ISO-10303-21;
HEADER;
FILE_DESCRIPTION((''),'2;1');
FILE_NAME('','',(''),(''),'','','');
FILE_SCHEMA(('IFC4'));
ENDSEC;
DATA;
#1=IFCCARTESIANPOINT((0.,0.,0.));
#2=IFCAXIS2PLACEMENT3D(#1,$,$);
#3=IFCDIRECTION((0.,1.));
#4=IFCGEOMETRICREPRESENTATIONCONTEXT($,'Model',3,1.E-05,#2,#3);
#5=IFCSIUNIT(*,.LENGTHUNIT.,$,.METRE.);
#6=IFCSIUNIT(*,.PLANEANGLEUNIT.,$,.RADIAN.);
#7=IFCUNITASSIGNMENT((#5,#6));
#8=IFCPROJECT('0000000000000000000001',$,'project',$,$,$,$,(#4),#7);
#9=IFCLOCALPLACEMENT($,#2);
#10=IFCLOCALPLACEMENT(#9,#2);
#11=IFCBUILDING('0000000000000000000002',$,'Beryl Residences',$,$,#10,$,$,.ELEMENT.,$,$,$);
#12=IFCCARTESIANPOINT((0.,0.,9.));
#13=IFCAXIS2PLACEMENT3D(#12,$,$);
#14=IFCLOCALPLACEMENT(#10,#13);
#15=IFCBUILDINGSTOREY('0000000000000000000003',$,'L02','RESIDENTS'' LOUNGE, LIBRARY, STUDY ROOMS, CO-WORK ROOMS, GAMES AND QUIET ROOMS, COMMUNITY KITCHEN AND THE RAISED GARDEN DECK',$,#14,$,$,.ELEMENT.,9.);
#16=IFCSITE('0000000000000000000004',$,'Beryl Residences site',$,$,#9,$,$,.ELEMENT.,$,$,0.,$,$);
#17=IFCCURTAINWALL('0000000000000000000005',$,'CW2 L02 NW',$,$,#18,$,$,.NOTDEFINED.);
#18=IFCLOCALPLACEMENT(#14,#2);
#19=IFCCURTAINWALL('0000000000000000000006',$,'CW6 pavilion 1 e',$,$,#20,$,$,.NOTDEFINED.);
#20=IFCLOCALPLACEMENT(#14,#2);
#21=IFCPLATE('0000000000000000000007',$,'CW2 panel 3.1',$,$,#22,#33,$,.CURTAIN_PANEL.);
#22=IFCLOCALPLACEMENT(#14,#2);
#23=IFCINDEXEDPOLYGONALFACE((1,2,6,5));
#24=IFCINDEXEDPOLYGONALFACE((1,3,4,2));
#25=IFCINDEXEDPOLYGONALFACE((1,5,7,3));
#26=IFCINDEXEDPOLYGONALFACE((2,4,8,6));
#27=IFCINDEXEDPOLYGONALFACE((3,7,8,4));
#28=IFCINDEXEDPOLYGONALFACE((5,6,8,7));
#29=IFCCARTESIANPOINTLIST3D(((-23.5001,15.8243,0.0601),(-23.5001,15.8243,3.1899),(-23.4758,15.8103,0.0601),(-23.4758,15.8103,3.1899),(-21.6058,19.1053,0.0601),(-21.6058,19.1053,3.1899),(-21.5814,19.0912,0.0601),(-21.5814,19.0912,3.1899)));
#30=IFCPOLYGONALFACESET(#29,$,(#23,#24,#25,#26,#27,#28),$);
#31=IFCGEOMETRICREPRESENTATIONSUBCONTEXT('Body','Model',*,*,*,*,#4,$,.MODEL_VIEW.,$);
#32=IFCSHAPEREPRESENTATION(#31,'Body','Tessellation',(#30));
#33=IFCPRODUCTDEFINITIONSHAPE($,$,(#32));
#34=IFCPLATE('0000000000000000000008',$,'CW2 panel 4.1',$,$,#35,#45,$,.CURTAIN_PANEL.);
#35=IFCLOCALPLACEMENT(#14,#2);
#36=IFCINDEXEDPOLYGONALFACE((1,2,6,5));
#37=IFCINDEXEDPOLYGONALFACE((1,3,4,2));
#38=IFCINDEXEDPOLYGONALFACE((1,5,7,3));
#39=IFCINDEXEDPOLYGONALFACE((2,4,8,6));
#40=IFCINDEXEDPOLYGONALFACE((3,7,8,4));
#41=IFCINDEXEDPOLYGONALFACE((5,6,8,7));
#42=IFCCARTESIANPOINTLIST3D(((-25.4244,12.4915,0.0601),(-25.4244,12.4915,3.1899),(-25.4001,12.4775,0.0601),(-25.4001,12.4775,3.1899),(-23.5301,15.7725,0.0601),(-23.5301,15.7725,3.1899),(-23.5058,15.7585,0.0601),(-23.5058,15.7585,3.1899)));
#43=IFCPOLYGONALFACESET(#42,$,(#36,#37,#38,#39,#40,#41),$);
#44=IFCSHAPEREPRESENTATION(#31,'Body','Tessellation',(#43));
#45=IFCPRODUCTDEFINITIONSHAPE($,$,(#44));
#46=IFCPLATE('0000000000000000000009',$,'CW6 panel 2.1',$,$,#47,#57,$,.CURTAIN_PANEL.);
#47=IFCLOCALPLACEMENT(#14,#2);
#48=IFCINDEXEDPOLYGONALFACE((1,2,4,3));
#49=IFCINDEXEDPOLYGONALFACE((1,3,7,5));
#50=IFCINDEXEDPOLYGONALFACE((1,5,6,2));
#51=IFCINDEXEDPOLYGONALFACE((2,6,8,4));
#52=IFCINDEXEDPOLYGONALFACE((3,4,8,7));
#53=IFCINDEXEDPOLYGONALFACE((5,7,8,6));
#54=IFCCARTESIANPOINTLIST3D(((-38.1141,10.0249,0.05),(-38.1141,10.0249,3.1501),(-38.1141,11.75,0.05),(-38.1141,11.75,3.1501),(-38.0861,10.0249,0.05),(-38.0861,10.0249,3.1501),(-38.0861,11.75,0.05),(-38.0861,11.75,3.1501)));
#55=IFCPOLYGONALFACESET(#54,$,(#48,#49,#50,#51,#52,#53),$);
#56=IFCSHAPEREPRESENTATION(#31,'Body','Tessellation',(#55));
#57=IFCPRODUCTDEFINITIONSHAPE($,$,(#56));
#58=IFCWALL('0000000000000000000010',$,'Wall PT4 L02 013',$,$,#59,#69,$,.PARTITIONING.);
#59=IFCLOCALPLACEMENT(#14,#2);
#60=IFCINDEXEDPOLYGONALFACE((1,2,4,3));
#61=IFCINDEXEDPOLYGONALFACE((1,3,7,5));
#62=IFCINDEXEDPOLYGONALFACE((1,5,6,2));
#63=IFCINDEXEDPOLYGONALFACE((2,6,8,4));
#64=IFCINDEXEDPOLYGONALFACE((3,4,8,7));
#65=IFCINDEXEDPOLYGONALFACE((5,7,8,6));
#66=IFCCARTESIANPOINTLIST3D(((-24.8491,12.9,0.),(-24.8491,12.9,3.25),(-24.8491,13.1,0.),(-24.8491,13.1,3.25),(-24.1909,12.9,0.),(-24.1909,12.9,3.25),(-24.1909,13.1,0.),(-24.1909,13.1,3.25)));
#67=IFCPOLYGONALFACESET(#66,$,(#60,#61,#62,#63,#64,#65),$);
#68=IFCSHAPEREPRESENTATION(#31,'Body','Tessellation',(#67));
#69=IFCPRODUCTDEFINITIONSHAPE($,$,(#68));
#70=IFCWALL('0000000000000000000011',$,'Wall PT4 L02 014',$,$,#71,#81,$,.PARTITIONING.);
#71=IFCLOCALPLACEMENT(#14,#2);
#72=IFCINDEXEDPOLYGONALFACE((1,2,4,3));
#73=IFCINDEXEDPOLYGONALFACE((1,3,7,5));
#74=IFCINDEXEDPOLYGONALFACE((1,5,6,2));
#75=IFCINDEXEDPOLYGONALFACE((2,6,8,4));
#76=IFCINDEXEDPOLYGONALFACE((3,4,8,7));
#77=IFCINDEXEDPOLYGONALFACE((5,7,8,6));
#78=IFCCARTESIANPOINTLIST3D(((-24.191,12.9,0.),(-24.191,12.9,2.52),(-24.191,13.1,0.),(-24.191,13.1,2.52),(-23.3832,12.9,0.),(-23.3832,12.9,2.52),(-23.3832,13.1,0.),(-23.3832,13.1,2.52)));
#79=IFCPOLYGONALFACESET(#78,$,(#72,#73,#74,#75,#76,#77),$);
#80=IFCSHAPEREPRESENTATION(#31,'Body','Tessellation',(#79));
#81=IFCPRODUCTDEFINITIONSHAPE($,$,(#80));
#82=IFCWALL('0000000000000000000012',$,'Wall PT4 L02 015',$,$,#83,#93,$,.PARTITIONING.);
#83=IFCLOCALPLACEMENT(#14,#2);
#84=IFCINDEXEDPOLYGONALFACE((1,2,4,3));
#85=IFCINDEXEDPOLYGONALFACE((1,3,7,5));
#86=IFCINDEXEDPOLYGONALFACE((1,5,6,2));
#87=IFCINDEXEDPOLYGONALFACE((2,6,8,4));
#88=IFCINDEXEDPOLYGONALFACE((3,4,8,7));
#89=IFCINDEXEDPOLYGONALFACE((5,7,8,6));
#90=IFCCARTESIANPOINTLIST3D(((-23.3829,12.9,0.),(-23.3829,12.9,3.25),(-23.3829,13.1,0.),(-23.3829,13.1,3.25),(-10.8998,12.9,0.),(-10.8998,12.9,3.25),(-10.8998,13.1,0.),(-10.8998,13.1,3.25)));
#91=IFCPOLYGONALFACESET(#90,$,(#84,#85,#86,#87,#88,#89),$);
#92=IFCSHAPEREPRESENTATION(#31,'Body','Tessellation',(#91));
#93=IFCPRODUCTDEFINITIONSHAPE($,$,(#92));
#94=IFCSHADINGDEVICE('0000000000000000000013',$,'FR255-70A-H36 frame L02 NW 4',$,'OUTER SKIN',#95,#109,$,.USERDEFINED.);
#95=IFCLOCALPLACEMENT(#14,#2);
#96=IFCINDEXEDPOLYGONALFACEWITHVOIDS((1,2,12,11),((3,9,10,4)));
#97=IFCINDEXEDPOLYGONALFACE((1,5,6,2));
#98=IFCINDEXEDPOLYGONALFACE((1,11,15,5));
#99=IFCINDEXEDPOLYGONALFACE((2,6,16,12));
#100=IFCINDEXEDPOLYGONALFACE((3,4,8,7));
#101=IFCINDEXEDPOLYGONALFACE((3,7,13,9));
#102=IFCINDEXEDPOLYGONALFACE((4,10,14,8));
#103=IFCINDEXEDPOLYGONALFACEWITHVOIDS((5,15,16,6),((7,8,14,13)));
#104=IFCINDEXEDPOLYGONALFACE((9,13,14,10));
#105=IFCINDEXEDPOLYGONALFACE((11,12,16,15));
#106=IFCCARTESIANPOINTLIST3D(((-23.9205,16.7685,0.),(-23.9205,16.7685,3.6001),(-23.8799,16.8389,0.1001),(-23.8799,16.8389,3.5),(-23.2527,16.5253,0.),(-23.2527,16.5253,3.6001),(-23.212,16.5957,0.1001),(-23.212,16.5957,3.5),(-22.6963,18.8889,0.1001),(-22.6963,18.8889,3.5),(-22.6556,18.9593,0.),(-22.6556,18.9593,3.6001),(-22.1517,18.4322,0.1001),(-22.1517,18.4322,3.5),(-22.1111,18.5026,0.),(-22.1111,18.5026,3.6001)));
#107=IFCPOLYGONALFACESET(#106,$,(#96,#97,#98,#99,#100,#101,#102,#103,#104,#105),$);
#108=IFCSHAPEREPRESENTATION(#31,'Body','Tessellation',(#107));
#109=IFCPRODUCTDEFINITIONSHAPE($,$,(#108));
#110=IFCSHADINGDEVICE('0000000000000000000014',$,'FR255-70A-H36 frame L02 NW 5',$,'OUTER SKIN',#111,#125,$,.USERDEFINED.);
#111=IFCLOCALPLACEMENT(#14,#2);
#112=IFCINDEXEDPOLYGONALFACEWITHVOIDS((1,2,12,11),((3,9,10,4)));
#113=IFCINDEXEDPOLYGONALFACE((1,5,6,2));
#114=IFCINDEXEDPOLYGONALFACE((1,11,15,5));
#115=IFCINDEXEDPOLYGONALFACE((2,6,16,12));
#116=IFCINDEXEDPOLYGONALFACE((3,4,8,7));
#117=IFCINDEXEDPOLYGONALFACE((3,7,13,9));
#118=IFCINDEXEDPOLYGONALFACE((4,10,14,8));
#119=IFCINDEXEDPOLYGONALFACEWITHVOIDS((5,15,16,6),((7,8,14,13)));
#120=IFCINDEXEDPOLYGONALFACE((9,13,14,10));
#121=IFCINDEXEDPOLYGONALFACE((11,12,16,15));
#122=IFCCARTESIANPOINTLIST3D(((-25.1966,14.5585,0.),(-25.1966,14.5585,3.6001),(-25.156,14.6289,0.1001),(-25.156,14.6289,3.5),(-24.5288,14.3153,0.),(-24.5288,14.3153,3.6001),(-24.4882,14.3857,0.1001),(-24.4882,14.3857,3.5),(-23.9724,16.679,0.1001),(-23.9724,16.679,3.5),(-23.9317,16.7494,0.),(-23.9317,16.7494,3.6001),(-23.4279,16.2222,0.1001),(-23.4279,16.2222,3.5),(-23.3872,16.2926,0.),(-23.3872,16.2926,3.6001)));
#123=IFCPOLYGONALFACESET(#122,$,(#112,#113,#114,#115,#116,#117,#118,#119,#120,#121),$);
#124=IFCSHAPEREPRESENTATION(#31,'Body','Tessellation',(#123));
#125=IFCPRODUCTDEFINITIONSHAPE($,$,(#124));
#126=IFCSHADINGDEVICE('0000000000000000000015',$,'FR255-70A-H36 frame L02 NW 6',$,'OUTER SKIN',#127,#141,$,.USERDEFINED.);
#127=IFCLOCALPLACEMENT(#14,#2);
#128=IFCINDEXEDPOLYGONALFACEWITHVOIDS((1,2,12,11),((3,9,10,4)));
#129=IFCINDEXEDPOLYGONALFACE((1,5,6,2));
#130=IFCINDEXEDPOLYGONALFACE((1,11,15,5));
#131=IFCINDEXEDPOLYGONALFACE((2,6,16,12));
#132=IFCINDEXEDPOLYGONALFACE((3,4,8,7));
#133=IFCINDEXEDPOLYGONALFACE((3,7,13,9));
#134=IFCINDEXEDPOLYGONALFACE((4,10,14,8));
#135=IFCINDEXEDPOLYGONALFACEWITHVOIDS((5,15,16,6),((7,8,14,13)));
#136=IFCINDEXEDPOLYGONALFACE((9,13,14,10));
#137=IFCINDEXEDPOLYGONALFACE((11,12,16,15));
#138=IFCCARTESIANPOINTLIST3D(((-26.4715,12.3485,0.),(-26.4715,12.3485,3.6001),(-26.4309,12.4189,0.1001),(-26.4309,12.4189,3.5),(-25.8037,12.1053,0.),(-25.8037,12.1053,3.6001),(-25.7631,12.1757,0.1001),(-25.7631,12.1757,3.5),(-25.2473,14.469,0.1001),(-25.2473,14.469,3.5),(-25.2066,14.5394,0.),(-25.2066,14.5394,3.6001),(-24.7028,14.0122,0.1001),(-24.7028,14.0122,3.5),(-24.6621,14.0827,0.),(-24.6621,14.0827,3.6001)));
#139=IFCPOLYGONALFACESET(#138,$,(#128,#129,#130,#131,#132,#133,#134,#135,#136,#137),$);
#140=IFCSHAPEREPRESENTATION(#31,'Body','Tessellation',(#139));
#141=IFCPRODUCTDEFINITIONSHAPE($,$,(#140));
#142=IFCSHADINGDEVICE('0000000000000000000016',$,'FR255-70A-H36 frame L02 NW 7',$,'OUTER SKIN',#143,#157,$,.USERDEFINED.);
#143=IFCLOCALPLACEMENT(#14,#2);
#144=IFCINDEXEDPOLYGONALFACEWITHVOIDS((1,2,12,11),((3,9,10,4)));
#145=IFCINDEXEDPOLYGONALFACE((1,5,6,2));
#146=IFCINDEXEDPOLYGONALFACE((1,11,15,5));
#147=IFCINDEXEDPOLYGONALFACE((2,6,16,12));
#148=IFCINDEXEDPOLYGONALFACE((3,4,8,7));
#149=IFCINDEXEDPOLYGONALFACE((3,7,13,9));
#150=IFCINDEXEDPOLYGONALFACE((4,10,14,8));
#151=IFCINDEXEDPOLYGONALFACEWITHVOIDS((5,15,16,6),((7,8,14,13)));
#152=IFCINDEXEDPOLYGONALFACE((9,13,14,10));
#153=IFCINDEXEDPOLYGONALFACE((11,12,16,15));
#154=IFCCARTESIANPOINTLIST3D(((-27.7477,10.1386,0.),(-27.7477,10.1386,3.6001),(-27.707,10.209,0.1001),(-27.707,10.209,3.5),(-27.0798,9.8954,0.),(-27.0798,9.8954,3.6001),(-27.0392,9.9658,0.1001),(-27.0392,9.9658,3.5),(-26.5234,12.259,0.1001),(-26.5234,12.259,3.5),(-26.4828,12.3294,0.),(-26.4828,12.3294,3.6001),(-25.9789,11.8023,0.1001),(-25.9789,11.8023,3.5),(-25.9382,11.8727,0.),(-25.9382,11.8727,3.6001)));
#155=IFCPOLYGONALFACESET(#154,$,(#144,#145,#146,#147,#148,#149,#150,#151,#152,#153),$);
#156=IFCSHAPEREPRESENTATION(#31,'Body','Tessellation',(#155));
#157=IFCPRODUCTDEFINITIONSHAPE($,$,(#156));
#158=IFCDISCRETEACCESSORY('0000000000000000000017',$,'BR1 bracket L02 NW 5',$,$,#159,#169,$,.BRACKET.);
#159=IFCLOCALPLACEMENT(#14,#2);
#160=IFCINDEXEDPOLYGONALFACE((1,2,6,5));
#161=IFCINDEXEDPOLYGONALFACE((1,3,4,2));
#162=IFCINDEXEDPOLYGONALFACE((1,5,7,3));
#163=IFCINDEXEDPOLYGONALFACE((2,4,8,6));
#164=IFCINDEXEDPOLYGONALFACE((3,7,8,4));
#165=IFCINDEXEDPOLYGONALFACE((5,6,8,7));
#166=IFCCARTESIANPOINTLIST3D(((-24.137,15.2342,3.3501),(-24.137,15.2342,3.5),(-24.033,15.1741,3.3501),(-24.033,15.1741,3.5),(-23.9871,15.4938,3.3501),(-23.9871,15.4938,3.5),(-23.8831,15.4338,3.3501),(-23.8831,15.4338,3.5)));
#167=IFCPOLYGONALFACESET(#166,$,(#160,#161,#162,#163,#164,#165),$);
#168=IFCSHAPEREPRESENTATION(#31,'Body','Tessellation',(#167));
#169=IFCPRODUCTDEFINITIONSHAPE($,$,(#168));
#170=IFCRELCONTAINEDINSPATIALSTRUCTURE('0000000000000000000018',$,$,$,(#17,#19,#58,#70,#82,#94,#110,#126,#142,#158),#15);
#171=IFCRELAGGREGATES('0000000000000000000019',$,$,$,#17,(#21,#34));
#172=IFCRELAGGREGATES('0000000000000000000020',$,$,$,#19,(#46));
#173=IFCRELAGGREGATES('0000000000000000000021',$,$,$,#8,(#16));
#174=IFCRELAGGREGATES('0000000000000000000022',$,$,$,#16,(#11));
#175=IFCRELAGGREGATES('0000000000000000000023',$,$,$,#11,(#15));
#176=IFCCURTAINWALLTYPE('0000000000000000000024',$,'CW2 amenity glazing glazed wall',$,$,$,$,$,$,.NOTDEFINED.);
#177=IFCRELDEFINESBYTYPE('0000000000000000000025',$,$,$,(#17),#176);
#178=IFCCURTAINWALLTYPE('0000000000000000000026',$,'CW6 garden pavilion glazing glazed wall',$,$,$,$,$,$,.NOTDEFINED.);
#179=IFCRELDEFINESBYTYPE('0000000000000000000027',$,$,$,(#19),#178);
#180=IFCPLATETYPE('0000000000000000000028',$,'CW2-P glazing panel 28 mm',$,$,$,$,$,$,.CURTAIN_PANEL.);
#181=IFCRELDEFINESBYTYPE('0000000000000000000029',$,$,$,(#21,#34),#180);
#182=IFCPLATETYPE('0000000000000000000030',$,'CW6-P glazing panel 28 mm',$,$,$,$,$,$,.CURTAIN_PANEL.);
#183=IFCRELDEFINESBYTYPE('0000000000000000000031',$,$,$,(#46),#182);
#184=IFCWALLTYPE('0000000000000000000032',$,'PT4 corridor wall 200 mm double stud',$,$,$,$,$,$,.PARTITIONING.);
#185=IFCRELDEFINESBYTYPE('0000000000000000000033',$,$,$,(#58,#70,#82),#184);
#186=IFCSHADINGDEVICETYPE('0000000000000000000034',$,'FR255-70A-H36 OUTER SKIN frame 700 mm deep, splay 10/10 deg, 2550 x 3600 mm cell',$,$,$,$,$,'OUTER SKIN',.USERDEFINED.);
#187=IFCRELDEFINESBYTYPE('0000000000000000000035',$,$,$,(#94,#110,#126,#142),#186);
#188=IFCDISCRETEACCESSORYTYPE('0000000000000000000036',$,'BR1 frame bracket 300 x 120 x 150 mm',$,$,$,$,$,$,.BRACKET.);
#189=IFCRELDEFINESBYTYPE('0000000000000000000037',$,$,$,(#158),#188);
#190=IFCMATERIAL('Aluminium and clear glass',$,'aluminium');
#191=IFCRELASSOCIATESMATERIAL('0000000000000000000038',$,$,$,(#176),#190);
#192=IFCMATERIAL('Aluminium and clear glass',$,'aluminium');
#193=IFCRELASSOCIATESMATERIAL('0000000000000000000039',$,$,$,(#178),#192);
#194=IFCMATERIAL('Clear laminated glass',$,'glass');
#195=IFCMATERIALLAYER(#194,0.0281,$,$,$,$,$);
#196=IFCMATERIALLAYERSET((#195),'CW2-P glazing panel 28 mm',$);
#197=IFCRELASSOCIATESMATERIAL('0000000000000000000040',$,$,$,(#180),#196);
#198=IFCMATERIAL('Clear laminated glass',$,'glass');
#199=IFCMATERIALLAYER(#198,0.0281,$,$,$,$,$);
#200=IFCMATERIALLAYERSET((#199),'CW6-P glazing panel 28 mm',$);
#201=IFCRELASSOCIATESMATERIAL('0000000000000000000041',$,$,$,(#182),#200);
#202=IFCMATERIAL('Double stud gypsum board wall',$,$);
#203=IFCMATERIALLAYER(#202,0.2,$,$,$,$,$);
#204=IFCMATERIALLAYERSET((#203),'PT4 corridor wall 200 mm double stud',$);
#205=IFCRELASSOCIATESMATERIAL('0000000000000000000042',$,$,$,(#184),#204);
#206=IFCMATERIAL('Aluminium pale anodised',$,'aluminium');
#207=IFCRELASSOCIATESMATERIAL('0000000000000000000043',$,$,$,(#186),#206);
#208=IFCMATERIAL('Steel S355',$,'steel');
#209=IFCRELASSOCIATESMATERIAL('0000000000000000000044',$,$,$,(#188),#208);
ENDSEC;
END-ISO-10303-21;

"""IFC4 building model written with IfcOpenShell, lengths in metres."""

from ifc_helpers import new_model, entity, si_unit, direction, frame, frame_2d, origin, origin_2d, place, context, subcontext, project, spatial, polyline, rectangle, outline, extrude, source, transform, mapped, material, layer, layer_set, type_object, type_shapes, element, aggregate, save


model = new_model("IFC4")

# Units and contexts
model_context = context("Model", 3, precision=1e-05, world=origin(), true_north=direction((0.0, 1.0)))
body_context = subcontext(model_context, "Body", "Model", "MODEL_VIEW")
ifc_project = project(units=[si_unit("LENGTHUNIT", "METRE"), si_unit("PLANEANGLEUNIT", "RADIAN")], contexts=[model_context])

# Site, building, storey
site_placement = place(None, origin())
site = spatial("IfcSite", under=ifc_project, at=site_placement, Name="Beryl Residences site", CompositionType="ELEMENT", RefElevation=0.0)
building_placement = place(site_placement, origin())
building = spatial("IfcBuilding", under=site, at=building_placement, Name="Beryl Residences", CompositionType="ELEMENT")
storey_placement = place(building_placement, frame((0.0, 0.0, 9.0)))
storey = spatial("IfcBuildingStorey", under=building, at=storey_placement, Name="L02", Description="RESIDENTS' LOUNGE, LIBRARY, STUDY ROOMS, CO-WORK ROOMS, GAMES AND QUIET ROOMS, COMMUNITY KITCHEN AND THE RAISED GARDEN DECK", CompositionType="ELEMENT", Elevation=9.0)

# Curtain wall
ifc_material_1 = material(Name="Aluminium and clear glass", Category="aluminium")
curtain_wall_type_1 = type_object("IfcCurtainWallType", Name="CW2 amenity glazing glazed wall", PredefinedType="NOTDEFINED", material=ifc_material_1)
curtain_wall_1_placement = place(storey_placement, origin())
curtain_wall_1 = element("IfcCurtainWall", 1, at=curtain_wall_1_placement, inside=storey, type_object=curtain_wall_type_1, Name="CW2 L02 NW", PredefinedType="NOTDEFINED")

# Curtain wall
ifc_material_2 = material(Name="Aluminium and clear glass", Category="aluminium")
curtain_wall_type_2 = type_object("IfcCurtainWallType", Name="CW6 garden pavilion glazing glazed wall", PredefinedType="NOTDEFINED", material=ifc_material_2)
curtain_wall_2_placement = place(storey_placement, origin())
curtain_wall_2 = element("IfcCurtainWall", 2, at=curtain_wall_2_placement, inside=storey, type_object=curtain_wall_type_2, Name="CW6 pavilion 1 e", PredefinedType="NOTDEFINED")

# Plates
ifc_material_3 = material(Name="Clear laminated glass", Category="glass")
ifc_layer_1 = layer(ifc_material_3, 0.0281)
ifc_layer_set_1 = layer_set([ifc_layer_1], Name="CW2-P glazing panel 28 mm")
plate_type_1 = type_object("IfcPlateType", Name="CW2-P glazing panel 28 mm", PredefinedType="CURTAIN_PANEL", material=ifc_layer_set_1)
plate_1_placement = place(storey_placement, frame((-22.5408, 17.4578, 0.0601), z_axis=(0.0, 0.0, 1.0), x_axis=(-0.500012, -0.866019, 0.0)))
plate_1 = element("IfcPlate", 3, at=plate_1_placement, type_object=plate_type_1, Name="CW2 panel 3.1", PredefinedType="CURTAIN_PANEL", context=body_context, shape_type="SweptSolid", body=[
    extrude(rectangle(XDim=3.7886, YDim=0.0281, at=origin_2d()), origin(), (0.0, 0.0, 1.0), 3.1299),
])
plate_2_placement = place(storey_placement, frame((-24.4651, 14.125, 0.0601), z_axis=(0.0, 0.0, 1.0), x_axis=(-0.500012, -0.866019, 0.0)))
plate_2 = element("IfcPlate", 4, at=plate_2_placement, type_object=plate_type_1, Name="CW2 panel 4.1", PredefinedType="CURTAIN_PANEL", context=body_context, shape_type="SweptSolid", body=[
    extrude(rectangle(XDim=3.7886, YDim=0.0281, at=origin_2d()), origin(), (0.0, 0.0, 1.0), 3.1299),
])
aggregate(curtain_wall_1, [plate_1, plate_2])
ifc_material_4 = material(Name="Clear laminated glass", Category="glass")
ifc_layer_2 = layer(ifc_material_4, 0.0281)
ifc_layer_set_2 = layer_set([ifc_layer_2], Name="CW6-P glazing panel 28 mm")
plate_type_2 = type_object("IfcPlateType", Name="CW6-P glazing panel 28 mm", PredefinedType="CURTAIN_PANEL", material=ifc_layer_set_2)
plate_3_placement = place(storey_placement, frame((-38.1001, 10.8875, 0.05), z_axis=(0.0, 0.0, 1.0), x_axis=(0.0, 1.0, 0.0)))
plate_3 = element("IfcPlate", 5, at=plate_3_placement, type_object=plate_type_2, Name="CW6 panel 2.1", PredefinedType="CURTAIN_PANEL", context=body_context, shape_type="SweptSolid", body=[
    extrude(rectangle(XDim=1.7251, YDim=0.0281, at=origin_2d()), origin(), (0.0, 0.0, 1.0), 3.1001),
])
aggregate(curtain_wall_2, [plate_3])

# Walls
ifc_material_5 = material(Name="Double stud gypsum board wall")
ifc_layer_3 = layer(ifc_material_5, 0.2)
ifc_layer_set_3 = layer_set([ifc_layer_3], Name="PT4 corridor wall 200 mm double stud")
wall_type = type_object("IfcWallType", Name="PT4 corridor wall 200 mm double stud", PredefinedType="PARTITIONING", material=ifc_layer_set_3)
wall_1_placement = place(storey_placement, frame((-24.8491, 13.0, 0.0), z_axis=(0.0, 0.0, 1.0), x_axis=(1.0, 0.0, 0.0)))
element("IfcWall", 6, at=wall_1_placement, inside=storey, type_object=wall_type, Name="Wall PT4 L02 013", PredefinedType="PARTITIONING", context=body_context, shape_type="SweptSolid", body=[
    extrude(rectangle(XDim=0.6582, YDim=0.2, at=frame_2d((0.3291, 0.0))), origin(), (0.0, 0.0, 1.0), 3.25),
])
wall_2_placement = place(storey_placement, frame((-24.1909, 13.0, 0.0), z_axis=(0.0, 0.0, 1.0), x_axis=(1.0, 0.0, 0.0)))
element("IfcWall", 7, at=wall_2_placement, inside=storey, type_object=wall_type, Name="Wall PT4 L02 014", PredefinedType="PARTITIONING", context=body_context, shape_type="SweptSolid", body=[
    extrude(rectangle(XDim=0.8079, YDim=0.2, at=frame_2d((0.4038, 0.0))), origin(), (0.0, 0.0, 1.0), 2.52),
])
wall_3_placement = place(storey_placement, frame((-23.3831, 13.0, 0.0), z_axis=(0.0, 0.0, 1.0), x_axis=(1.0, 0.0, 0.0)))
element("IfcWall", 8, at=wall_3_placement, inside=storey, type_object=wall_type, Name="Wall PT4 L02 015", PredefinedType="PARTITIONING", context=body_context, shape_type="SweptSolid", body=[
    extrude(rectangle(XDim=12.4832, YDim=0.2, at=frame_2d((6.2417, 0.0))), origin(), (0.0, 0.0, 1.0), 3.25),
])

# Shading devices
ifc_material_6 = material(Name="Aluminium pale anodised", Category="aluminium")
shading_device_type = type_object("IfcShadingDeviceType", Name="FR255-70A-H36 OUTER SKIN frame 700 mm deep, splay 10/10 deg, 2550 x 3600 mm cell", ElementType="OUTER SKIN", PredefinedType="USERDEFINED", material=ifc_material_6)
cartesian_point_1 = entity("IfcCartesianPoint", [-1.1416, 0.0])
cartesian_point_2 = entity("IfcCartesianPoint", [-1.0603, 0.1001])
cartesian_point_3 = entity("IfcCartesianPoint", [-1.2649, 0.0])
cartesian_point_4 = entity("IfcCartesianPoint", [-1.1836, 0.1001])
shared_shape_1 = source(origin(), body_context, "Body", "SweptSolid", [
    entity("IfcExtrudedAreaSolidTapered", entity("IfcArbitraryProfileDefWithVoids", "AREA", None, entity("IfcPolyline", [cartesian_point_1, entity("IfcCartesianPoint", [1.1416, 0.0]), entity("IfcCartesianPoint", [1.1416, 3.6001]), entity("IfcCartesianPoint", [-1.1416, 3.6001]), cartesian_point_1]), [entity("IfcPolyline", [cartesian_point_2, entity("IfcCartesianPoint", [1.0603, 0.1001]), entity("IfcCartesianPoint", [1.0603, 3.5]), entity("IfcCartesianPoint", [-1.0603, 3.5]), cartesian_point_2])]), entity("IfcAxis2Placement3D", entity("IfcCartesianPoint", [0.0, 0.0, 0.0]), entity("IfcDirection", [0.0, 1.0, 0.0]), entity("IfcDirection", [-1.0, 0.0, 0.0])), entity("IfcDirection", [0.0, 0.0, 1.0]), 0.7, entity("IfcArbitraryProfileDefWithVoids", "AREA", None, entity("IfcPolyline", [cartesian_point_3, entity("IfcCartesianPoint", [1.2649, 0.0]), entity("IfcCartesianPoint", [1.2649, 3.6001]), entity("IfcCartesianPoint", [-1.2649, 3.6001]), cartesian_point_3]), [entity("IfcPolyline", [cartesian_point_4, entity("IfcCartesianPoint", [1.1836, 0.1001]), entity("IfcCartesianPoint", [1.1836, 3.5]), entity("IfcCartesianPoint", [-1.1836, 3.5]), cartesian_point_4])])),
])
type_shapes(shading_device_type, [shared_shape_1])
for number, where, z_axis, x_axis, name in (
    (9, (-22.6819, 17.5139, 0.0), (0.0, 0.0, 1.0), (0.5, 0.866025, 0.0), "FR255-70A-H36 frame L02 NW 4"),
    (10, (-23.958, 15.304, 0.0), (0.0, 0.0, 1.0), (0.5, 0.866025, 0.0), "FR255-70A-H36 frame L02 NW 5"),
    (11, (-25.2329, 13.094, 0.0), (0.0, 0.0, 1.0), (0.5, 0.866025, 0.0), "FR255-70A-H36 frame L02 NW 6"),
    (12, (-26.509, 10.884, 0.0), (0.0, 0.0, 1.0), (0.5, 0.866025, 0.0), "FR255-70A-H36 frame L02 NW 7"),
):
    element("IfcShadingDevice", number, at=place(storey_placement, frame(where, z_axis=z_axis, x_axis=x_axis)), inside=storey, type_object=shading_device_type, Name=name, ObjectType="OUTER SKIN", PredefinedType="USERDEFINED", context=body_context, shape_type="MappedRepresentation", body=[
        mapped(shared_shape_1, transform((0.0, 0.0, 0.0))),
    ])

# Discrete accessory
ifc_material_7 = material(Name="Steel S355", Category="steel")
discrete_accessory_type = type_object("IfcDiscreteAccessoryType", Name="BR1 frame bracket 300 x 120 x 150 mm", PredefinedType="BRACKET", material=ifc_material_7)
shared_shape_2 = source(origin(), body_context, "Body", "SweptSolid", [
    extrude(outline(polyline([(-0.1499, 0.0), (0.1499, 0.0), (0.1499, 0.1201), (-0.1499, 0.1201), (-0.1499, 0.0)])), origin(), (0.0, 0.0, 1.0), 0.1499),
])
type_shapes(discrete_accessory_type, [shared_shape_2])
discrete_accessory_placement = place(storey_placement, frame((-23.958, 15.304, 3.3501), z_axis=(0.0, 0.0, 1.0), x_axis=(0.5, 0.866025, 0.0)))
element("IfcDiscreteAccessory", 13, at=discrete_accessory_placement, inside=storey, type_object=discrete_accessory_type, Name="BR1 bracket L02 NW 5", PredefinedType="BRACKET", context=body_context, shape_type="MappedRepresentation", body=[
    mapped(shared_shape_2, transform((0.0, 0.0, 0.0))),
])

save(model, "model.ifc")
